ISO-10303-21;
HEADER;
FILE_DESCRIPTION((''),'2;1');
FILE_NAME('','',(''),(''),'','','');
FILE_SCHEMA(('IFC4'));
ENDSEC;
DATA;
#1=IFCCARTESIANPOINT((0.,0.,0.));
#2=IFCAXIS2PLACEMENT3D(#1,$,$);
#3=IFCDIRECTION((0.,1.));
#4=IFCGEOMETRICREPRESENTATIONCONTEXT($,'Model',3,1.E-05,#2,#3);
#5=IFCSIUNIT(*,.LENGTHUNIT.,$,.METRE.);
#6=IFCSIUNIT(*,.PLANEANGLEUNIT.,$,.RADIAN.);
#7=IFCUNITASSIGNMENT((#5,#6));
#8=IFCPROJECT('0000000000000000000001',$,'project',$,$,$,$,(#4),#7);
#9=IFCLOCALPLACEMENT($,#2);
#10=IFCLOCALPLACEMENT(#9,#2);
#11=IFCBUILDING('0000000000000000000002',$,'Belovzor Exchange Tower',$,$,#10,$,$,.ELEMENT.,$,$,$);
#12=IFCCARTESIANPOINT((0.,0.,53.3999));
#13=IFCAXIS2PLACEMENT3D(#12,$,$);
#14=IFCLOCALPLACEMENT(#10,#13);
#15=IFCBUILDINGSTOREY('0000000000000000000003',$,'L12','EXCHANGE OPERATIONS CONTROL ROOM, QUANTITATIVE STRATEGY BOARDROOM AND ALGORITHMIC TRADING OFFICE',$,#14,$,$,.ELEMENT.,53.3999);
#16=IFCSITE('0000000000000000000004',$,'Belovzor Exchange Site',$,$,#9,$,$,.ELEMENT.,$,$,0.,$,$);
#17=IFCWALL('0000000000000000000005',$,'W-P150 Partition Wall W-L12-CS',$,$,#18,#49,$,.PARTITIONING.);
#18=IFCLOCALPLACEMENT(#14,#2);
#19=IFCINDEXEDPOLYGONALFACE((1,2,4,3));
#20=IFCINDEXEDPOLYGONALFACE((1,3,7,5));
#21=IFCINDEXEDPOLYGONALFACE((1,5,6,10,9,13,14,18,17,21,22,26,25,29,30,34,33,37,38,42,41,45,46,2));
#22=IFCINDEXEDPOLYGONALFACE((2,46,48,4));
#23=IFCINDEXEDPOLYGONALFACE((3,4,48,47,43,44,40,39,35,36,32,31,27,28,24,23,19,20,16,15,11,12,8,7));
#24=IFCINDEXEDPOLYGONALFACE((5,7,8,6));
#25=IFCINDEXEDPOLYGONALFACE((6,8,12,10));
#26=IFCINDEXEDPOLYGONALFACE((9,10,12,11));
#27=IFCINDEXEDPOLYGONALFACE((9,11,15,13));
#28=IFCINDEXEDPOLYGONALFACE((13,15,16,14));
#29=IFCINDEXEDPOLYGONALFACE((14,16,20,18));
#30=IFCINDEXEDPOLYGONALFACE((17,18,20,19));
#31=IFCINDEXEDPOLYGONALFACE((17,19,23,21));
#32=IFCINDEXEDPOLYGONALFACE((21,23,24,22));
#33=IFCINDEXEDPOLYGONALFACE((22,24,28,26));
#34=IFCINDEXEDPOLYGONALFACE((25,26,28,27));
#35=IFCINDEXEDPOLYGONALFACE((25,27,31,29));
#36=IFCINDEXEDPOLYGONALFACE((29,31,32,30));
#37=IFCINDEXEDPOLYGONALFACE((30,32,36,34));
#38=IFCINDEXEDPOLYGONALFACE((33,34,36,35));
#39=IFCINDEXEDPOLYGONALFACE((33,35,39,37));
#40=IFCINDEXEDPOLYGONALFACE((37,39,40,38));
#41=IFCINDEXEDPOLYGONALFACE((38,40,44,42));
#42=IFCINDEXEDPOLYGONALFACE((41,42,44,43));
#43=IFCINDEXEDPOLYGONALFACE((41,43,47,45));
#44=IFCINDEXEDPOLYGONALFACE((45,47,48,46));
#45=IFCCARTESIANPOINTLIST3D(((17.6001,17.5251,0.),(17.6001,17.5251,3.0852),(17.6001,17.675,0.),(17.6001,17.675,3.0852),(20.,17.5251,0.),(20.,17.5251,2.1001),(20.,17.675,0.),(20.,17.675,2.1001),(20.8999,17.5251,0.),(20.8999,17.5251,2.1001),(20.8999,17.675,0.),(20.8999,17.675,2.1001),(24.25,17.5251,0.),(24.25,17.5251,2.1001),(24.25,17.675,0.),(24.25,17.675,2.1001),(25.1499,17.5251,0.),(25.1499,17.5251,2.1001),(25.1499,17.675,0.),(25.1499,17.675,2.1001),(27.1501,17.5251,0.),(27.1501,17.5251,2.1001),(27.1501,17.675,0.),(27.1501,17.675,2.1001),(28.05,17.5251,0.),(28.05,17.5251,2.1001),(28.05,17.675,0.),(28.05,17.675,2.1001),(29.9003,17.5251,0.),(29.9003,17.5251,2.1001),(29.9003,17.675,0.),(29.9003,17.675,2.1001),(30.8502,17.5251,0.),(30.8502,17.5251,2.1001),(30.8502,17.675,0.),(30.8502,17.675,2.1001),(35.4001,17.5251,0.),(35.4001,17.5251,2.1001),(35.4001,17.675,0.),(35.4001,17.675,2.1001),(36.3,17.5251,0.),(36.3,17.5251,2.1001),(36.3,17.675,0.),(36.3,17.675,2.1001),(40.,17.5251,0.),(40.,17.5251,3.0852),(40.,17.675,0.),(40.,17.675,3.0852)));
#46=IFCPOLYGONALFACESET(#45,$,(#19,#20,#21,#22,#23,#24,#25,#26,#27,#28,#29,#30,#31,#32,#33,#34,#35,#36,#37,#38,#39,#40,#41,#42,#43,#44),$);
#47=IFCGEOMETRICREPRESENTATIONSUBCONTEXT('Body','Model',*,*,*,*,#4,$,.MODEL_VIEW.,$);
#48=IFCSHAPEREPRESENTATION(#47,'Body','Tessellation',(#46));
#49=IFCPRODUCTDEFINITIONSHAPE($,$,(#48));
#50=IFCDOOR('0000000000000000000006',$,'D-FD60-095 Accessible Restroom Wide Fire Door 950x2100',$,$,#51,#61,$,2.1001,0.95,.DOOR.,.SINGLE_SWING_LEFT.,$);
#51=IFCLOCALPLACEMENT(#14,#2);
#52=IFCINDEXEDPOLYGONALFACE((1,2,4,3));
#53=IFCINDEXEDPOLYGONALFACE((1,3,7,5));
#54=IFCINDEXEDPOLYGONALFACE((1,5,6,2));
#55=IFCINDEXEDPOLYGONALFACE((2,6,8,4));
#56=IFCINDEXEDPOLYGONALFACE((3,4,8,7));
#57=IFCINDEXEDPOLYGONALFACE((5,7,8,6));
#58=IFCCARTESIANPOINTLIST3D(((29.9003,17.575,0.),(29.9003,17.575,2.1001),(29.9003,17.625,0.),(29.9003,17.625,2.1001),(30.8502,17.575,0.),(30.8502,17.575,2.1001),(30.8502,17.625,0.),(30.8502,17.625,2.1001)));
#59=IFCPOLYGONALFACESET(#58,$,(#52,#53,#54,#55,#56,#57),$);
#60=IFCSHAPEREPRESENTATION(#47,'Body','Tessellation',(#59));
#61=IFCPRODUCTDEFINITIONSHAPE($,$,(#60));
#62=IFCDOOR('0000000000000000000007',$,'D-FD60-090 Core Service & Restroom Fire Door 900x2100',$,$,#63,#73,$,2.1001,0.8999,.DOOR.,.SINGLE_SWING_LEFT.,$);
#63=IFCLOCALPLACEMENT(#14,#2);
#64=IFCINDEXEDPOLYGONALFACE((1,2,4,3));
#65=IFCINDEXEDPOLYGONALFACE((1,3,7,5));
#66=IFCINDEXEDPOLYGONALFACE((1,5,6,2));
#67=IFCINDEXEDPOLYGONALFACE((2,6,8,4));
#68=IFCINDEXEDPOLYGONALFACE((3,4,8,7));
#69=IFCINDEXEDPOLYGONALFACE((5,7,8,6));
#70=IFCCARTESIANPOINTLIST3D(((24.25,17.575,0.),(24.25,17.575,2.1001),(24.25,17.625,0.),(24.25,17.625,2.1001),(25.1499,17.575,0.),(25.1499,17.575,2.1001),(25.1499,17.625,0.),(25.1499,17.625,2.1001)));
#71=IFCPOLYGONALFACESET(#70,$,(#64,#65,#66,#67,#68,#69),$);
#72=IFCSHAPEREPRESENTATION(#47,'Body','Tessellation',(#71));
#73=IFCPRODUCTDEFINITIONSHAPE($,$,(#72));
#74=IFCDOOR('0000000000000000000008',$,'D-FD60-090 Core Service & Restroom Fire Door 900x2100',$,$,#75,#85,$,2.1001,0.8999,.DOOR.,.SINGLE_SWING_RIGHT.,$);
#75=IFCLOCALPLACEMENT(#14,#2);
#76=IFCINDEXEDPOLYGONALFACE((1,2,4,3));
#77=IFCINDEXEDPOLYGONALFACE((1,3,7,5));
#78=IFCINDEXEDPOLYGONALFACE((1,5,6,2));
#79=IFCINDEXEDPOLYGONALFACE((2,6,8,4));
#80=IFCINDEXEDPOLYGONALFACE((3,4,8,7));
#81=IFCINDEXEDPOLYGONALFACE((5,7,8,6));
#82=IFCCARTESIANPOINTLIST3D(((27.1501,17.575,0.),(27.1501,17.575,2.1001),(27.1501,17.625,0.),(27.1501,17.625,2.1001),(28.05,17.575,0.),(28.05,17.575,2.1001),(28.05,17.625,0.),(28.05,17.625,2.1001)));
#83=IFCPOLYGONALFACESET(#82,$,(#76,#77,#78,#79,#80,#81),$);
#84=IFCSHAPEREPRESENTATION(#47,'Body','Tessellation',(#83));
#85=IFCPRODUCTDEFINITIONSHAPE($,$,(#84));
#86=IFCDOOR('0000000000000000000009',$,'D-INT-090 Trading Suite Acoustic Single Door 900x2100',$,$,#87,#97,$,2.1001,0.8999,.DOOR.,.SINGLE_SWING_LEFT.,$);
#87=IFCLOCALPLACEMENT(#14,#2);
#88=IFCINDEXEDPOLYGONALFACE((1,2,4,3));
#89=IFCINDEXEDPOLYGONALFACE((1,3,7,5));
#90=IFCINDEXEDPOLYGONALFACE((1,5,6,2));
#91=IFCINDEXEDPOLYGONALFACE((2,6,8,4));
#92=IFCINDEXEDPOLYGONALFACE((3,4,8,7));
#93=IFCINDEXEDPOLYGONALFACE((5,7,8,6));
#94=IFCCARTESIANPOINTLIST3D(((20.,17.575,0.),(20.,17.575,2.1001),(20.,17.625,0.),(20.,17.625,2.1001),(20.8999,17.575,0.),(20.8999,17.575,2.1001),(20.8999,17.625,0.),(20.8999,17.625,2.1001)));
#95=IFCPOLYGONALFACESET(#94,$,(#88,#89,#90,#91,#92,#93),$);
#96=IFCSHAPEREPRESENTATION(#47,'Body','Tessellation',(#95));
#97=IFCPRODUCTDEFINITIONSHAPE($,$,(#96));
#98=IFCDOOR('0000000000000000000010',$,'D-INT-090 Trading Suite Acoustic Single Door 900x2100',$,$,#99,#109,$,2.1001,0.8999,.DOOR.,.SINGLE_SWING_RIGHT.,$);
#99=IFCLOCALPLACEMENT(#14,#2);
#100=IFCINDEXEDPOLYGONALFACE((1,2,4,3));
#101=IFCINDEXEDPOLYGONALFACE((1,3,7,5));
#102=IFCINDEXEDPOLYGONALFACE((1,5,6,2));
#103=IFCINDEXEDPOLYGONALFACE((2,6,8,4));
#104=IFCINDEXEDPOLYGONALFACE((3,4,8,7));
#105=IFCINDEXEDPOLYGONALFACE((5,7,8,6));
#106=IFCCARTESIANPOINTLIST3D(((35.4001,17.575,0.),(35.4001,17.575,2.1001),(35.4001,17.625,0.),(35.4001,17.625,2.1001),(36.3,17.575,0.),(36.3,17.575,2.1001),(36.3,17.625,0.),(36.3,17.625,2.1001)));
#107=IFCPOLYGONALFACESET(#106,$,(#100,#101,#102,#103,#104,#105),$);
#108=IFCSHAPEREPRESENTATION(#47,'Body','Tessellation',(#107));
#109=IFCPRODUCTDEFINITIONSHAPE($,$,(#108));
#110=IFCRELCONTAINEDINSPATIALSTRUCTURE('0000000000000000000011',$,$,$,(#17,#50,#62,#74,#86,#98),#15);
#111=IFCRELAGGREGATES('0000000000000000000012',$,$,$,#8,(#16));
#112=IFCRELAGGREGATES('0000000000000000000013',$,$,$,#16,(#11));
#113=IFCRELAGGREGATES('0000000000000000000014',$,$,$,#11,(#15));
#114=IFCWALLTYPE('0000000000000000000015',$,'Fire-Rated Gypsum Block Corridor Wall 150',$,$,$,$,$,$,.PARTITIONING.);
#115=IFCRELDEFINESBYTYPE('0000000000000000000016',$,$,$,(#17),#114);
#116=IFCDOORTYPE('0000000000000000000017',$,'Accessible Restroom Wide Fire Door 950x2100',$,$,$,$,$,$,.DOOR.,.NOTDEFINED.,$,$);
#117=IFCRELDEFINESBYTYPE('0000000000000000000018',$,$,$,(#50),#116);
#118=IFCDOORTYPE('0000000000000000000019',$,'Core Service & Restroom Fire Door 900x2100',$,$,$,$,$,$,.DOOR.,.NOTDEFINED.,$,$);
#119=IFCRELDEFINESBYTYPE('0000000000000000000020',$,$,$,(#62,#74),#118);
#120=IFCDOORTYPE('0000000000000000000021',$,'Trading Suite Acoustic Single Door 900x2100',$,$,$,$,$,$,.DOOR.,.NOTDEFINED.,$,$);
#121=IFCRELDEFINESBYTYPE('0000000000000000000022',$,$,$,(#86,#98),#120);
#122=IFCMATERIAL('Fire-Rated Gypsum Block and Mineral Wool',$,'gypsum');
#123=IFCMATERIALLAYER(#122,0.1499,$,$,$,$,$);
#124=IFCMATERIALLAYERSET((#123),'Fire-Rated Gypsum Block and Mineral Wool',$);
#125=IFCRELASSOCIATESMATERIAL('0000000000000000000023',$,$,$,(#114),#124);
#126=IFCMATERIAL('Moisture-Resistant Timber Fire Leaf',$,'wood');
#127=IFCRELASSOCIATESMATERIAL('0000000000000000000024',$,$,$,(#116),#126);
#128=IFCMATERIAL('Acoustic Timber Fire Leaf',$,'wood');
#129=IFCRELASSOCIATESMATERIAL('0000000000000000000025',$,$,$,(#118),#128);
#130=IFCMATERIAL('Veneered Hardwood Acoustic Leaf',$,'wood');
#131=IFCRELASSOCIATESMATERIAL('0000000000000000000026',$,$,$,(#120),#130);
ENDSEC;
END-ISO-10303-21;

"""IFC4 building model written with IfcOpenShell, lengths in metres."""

from ifc_helpers import new_model, si_unit, direction, frame, frame_2d, origin, place, context, subcontext, project, spatial, rectangle, extrude, material, layer, layer_set, type_object, element, fill, save


model = new_model("IFC4")

# Units and contexts
model_context = context("Model", 3, precision=1e-05, world=origin(), true_north=direction((0.0, 1.0)))
body_context = subcontext(model_context, "Body", "Model", "MODEL_VIEW")
ifc_project = project(units=[si_unit("LENGTHUNIT", "METRE"), si_unit("PLANEANGLEUNIT", "RADIAN")], contexts=[model_context])

# Site, building, storey
site_placement = place(None, origin())
site = spatial("IfcSite", under=ifc_project, at=site_placement, Name="Belovzor Exchange Site", CompositionType="ELEMENT", RefElevation=0.0)
building_placement = place(site_placement, origin())
building = spatial("IfcBuilding", under=site, at=building_placement, Name="Belovzor Exchange Tower", CompositionType="ELEMENT")
storey_placement = place(building_placement, frame((0.0, 0.0, 53.3999)))
storey = spatial("IfcBuildingStorey", under=building, at=storey_placement, Name="L12", Description="EXCHANGE OPERATIONS CONTROL ROOM, QUANTITATIVE STRATEGY BOARDROOM AND ALGORITHMIC TRADING OFFICE", CompositionType="ELEMENT", Elevation=53.3999)

# Wall, openings, doors
ifc_material_1 = material(Name="Fire-Rated Gypsum Block and Mineral Wool", Category="gypsum")
ifc_layer_1 = layer(ifc_material_1, 0.1499)
ifc_layer_set_1 = layer_set([ifc_layer_1], Name="Fire-Rated Gypsum Block and Mineral Wool")
wall_type_1 = type_object("IfcWallType", Name="Fire-Rated Gypsum Block Corridor Wall 150", PredefinedType="PARTITIONING", material=ifc_layer_set_1)
wall_1_placement = place(storey_placement, frame((17.6001, 17.6001, 0.0), z_axis=(0.0, 0.0, 1.0), x_axis=(1.0, 0.0, 0.0)))
wall_1 = element("IfcWall", 1, at=wall_1_placement, inside=storey, type_object=wall_type_1, Name="W-P150 Partition Wall W-L12-CS", PredefinedType="PARTITIONING", context=body_context, shape_type="SweptSolid", body=[
    extrude(rectangle(XDim=22.3999, YDim=0.1499, at=frame_2d((11.2, 0.0))), origin(), (0.0, 0.0, 1.0), 3.0852),
])
opening_1_placement = place(wall_1_placement, frame((2.3999, 0.0, 0.0)))
opening_1 = element("IfcOpeningElement", 2, at=opening_1_placement, cuts=wall_1, PredefinedType="OPENING", context=body_context, shape_type="SweptSolid", body=[
    extrude(rectangle(XDim=0.8999, YDim=2.1001, at=frame_2d((0.45, 1.05))), frame((0.0, 0.085, 0.0), z_axis=(0.0, -1.0, 0.0), x_axis=(1.0, 0.0, 0.0)), (0.0, 0.0, 1.0), 0.1699),
])
opening_2_placement = place(wall_1_placement, frame((6.6499, 0.0, 0.0)))
opening_2 = element("IfcOpeningElement", 3, at=opening_2_placement, cuts=wall_1, PredefinedType="OPENING", context=body_context, shape_type="SweptSolid", body=[
    extrude(rectangle(XDim=0.8999, YDim=2.1001, at=frame_2d((0.45, 1.05))), frame((0.0, 0.085, 0.0), z_axis=(0.0, -1.0, 0.0), x_axis=(1.0, 0.0, 0.0)), (0.0, 0.0, 1.0), 0.1699),
])
opening_3_placement = place(wall_1_placement, frame((9.55, 0.0, 0.0)))
opening_3 = element("IfcOpeningElement", 4, at=opening_3_placement, cuts=wall_1, PredefinedType="OPENING", context=body_context, shape_type="SweptSolid", body=[
    extrude(rectangle(XDim=0.8999, YDim=2.1001, at=frame_2d((0.45, 1.05))), frame((0.0, 0.085, 0.0), z_axis=(0.0, -1.0, 0.0), x_axis=(1.0, 0.0, 0.0)), (0.0, 0.0, 1.0), 0.1699),
])
opening_4_placement = place(wall_1_placement, frame((12.3, 0.0, 0.0)))
opening_4 = element("IfcOpeningElement", 5, at=opening_4_placement, cuts=wall_1, PredefinedType="OPENING", context=body_context, shape_type="SweptSolid", body=[
    extrude(rectangle(XDim=0.95, YDim=2.1001, at=frame_2d((0.4751, 1.05))), frame((0.0, 0.085, 0.0), z_axis=(0.0, -1.0, 0.0), x_axis=(1.0, 0.0, 0.0)), (0.0, 0.0, 1.0), 0.1699),
])
opening_5_placement = place(wall_1_placement, frame((17.8, 0.0, 0.0)))
opening_5 = element("IfcOpeningElement", 6, at=opening_5_placement, cuts=wall_1, PredefinedType="OPENING", context=body_context, shape_type="SweptSolid", body=[
    extrude(rectangle(XDim=0.8999, YDim=2.1001, at=frame_2d((0.45, 1.05))), frame((0.0, 0.085, 0.0), z_axis=(0.0, -1.0, 0.0), x_axis=(1.0, 0.0, 0.0)), (0.0, 0.0, 1.0), 0.1699),
])
ifc_material_2 = material(Name="Moisture-Resistant Timber Fire Leaf", Category="wood")
door_type_1 = type_object("IfcDoorType", Name="Accessible Restroom Wide Fire Door 950x2100", OperationType="NOTDEFINED", PredefinedType="DOOR", material=ifc_material_2)
door_1_placement = place(opening_4_placement, origin())
door_1 = element("IfcDoor", 7, at=door_1_placement, inside=storey, type_object=door_type_1, Name="D-FD60-095 Accessible Restroom Wide Fire Door 950x2100", OperationType="SINGLE_SWING_LEFT", OverallHeight=2.1001, OverallWidth=0.95, PredefinedType="DOOR", context=body_context, shape_type="SweptSolid", body=[
    extrude(rectangle(XDim=0.95, YDim=2.1001, at=frame_2d((0.4751, 1.05))), frame((0.0, 0.0249, 0.0), z_axis=(0.0, -1.0, 0.0), x_axis=(1.0, 0.0, 0.0)), (0.0, 0.0, 1.0), 0.05),
])
fill(opening_4, door_1)
ifc_material_3 = material(Name="Acoustic Timber Fire Leaf", Category="wood")
door_type_2 = type_object("IfcDoorType", Name="Core Service & Restroom Fire Door 900x2100", OperationType="NOTDEFINED", PredefinedType="DOOR", material=ifc_material_3)
door_2_placement = place(opening_2_placement, origin())
door_2 = element("IfcDoor", 8, at=door_2_placement, inside=storey, type_object=door_type_2, Name="D-FD60-090 Core Service & Restroom Fire Door 900x2100", OperationType="SINGLE_SWING_LEFT", OverallHeight=2.1001, OverallWidth=0.8999, PredefinedType="DOOR", context=body_context, shape_type="SweptSolid", body=[
    extrude(rectangle(XDim=0.8999, YDim=2.1001, at=frame_2d((0.45, 1.05))), frame((0.0, 0.0249, 0.0), z_axis=(0.0, -1.0, 0.0), x_axis=(1.0, 0.0, 0.0)), (0.0, 0.0, 1.0), 0.05),
])
fill(opening_2, door_2)
door_3_placement = place(opening_3_placement, origin())
door_3 = element("IfcDoor", 9, at=door_3_placement, inside=storey, type_object=door_type_2, Name="D-FD60-090 Core Service & Restroom Fire Door 900x2100", OperationType="SINGLE_SWING_RIGHT", OverallHeight=2.1001, OverallWidth=0.8999, PredefinedType="DOOR", context=body_context, shape_type="SweptSolid", body=[
    extrude(rectangle(XDim=0.8999, YDim=2.1001, at=frame_2d((0.45, 1.05))), frame((0.0, 0.0249, 0.0), z_axis=(0.0, -1.0, 0.0), x_axis=(1.0, 0.0, 0.0)), (0.0, 0.0, 1.0), 0.05),
])
fill(opening_3, door_3)
ifc_material_4 = material(Name="Veneered Hardwood Acoustic Leaf", Category="wood")
door_type_3 = type_object("IfcDoorType", Name="Trading Suite Acoustic Single Door 900x2100", OperationType="NOTDEFINED", PredefinedType="DOOR", material=ifc_material_4)
door_4_placement = place(opening_1_placement, origin())
door_4 = element("IfcDoor", 10, at=door_4_placement, inside=storey, type_object=door_type_3, Name="D-INT-090 Trading Suite Acoustic Single Door 900x2100", OperationType="SINGLE_SWING_LEFT", OverallHeight=2.1001, OverallWidth=0.8999, PredefinedType="DOOR", context=body_context, shape_type="SweptSolid", body=[
    extrude(rectangle(XDim=0.8999, YDim=2.1001, at=frame_2d((0.45, 1.05))), frame((0.0, 0.0249, 0.0), z_axis=(0.0, -1.0, 0.0), x_axis=(1.0, 0.0, 0.0)), (0.0, 0.0, 1.0), 0.05),
])
fill(opening_1, door_4)
door_5_placement = place(opening_5_placement, origin())
door_5 = element("IfcDoor", 11, at=door_5_placement, inside=storey, type_object=door_type_3, Name="D-INT-090 Trading Suite Acoustic Single Door 900x2100", OperationType="SINGLE_SWING_RIGHT", OverallHeight=2.1001, OverallWidth=0.8999, PredefinedType="DOOR", context=body_context, shape_type="SweptSolid", body=[
    extrude(rectangle(XDim=0.8999, YDim=2.1001, at=frame_2d((0.45, 1.05))), frame((0.0, 0.0249, 0.0), z_axis=(0.0, -1.0, 0.0), x_axis=(1.0, 0.0, 0.0)), (0.0, 0.0, 1.0), 0.05),
])
fill(opening_5, door_5)

save(model, "model.ifc")
